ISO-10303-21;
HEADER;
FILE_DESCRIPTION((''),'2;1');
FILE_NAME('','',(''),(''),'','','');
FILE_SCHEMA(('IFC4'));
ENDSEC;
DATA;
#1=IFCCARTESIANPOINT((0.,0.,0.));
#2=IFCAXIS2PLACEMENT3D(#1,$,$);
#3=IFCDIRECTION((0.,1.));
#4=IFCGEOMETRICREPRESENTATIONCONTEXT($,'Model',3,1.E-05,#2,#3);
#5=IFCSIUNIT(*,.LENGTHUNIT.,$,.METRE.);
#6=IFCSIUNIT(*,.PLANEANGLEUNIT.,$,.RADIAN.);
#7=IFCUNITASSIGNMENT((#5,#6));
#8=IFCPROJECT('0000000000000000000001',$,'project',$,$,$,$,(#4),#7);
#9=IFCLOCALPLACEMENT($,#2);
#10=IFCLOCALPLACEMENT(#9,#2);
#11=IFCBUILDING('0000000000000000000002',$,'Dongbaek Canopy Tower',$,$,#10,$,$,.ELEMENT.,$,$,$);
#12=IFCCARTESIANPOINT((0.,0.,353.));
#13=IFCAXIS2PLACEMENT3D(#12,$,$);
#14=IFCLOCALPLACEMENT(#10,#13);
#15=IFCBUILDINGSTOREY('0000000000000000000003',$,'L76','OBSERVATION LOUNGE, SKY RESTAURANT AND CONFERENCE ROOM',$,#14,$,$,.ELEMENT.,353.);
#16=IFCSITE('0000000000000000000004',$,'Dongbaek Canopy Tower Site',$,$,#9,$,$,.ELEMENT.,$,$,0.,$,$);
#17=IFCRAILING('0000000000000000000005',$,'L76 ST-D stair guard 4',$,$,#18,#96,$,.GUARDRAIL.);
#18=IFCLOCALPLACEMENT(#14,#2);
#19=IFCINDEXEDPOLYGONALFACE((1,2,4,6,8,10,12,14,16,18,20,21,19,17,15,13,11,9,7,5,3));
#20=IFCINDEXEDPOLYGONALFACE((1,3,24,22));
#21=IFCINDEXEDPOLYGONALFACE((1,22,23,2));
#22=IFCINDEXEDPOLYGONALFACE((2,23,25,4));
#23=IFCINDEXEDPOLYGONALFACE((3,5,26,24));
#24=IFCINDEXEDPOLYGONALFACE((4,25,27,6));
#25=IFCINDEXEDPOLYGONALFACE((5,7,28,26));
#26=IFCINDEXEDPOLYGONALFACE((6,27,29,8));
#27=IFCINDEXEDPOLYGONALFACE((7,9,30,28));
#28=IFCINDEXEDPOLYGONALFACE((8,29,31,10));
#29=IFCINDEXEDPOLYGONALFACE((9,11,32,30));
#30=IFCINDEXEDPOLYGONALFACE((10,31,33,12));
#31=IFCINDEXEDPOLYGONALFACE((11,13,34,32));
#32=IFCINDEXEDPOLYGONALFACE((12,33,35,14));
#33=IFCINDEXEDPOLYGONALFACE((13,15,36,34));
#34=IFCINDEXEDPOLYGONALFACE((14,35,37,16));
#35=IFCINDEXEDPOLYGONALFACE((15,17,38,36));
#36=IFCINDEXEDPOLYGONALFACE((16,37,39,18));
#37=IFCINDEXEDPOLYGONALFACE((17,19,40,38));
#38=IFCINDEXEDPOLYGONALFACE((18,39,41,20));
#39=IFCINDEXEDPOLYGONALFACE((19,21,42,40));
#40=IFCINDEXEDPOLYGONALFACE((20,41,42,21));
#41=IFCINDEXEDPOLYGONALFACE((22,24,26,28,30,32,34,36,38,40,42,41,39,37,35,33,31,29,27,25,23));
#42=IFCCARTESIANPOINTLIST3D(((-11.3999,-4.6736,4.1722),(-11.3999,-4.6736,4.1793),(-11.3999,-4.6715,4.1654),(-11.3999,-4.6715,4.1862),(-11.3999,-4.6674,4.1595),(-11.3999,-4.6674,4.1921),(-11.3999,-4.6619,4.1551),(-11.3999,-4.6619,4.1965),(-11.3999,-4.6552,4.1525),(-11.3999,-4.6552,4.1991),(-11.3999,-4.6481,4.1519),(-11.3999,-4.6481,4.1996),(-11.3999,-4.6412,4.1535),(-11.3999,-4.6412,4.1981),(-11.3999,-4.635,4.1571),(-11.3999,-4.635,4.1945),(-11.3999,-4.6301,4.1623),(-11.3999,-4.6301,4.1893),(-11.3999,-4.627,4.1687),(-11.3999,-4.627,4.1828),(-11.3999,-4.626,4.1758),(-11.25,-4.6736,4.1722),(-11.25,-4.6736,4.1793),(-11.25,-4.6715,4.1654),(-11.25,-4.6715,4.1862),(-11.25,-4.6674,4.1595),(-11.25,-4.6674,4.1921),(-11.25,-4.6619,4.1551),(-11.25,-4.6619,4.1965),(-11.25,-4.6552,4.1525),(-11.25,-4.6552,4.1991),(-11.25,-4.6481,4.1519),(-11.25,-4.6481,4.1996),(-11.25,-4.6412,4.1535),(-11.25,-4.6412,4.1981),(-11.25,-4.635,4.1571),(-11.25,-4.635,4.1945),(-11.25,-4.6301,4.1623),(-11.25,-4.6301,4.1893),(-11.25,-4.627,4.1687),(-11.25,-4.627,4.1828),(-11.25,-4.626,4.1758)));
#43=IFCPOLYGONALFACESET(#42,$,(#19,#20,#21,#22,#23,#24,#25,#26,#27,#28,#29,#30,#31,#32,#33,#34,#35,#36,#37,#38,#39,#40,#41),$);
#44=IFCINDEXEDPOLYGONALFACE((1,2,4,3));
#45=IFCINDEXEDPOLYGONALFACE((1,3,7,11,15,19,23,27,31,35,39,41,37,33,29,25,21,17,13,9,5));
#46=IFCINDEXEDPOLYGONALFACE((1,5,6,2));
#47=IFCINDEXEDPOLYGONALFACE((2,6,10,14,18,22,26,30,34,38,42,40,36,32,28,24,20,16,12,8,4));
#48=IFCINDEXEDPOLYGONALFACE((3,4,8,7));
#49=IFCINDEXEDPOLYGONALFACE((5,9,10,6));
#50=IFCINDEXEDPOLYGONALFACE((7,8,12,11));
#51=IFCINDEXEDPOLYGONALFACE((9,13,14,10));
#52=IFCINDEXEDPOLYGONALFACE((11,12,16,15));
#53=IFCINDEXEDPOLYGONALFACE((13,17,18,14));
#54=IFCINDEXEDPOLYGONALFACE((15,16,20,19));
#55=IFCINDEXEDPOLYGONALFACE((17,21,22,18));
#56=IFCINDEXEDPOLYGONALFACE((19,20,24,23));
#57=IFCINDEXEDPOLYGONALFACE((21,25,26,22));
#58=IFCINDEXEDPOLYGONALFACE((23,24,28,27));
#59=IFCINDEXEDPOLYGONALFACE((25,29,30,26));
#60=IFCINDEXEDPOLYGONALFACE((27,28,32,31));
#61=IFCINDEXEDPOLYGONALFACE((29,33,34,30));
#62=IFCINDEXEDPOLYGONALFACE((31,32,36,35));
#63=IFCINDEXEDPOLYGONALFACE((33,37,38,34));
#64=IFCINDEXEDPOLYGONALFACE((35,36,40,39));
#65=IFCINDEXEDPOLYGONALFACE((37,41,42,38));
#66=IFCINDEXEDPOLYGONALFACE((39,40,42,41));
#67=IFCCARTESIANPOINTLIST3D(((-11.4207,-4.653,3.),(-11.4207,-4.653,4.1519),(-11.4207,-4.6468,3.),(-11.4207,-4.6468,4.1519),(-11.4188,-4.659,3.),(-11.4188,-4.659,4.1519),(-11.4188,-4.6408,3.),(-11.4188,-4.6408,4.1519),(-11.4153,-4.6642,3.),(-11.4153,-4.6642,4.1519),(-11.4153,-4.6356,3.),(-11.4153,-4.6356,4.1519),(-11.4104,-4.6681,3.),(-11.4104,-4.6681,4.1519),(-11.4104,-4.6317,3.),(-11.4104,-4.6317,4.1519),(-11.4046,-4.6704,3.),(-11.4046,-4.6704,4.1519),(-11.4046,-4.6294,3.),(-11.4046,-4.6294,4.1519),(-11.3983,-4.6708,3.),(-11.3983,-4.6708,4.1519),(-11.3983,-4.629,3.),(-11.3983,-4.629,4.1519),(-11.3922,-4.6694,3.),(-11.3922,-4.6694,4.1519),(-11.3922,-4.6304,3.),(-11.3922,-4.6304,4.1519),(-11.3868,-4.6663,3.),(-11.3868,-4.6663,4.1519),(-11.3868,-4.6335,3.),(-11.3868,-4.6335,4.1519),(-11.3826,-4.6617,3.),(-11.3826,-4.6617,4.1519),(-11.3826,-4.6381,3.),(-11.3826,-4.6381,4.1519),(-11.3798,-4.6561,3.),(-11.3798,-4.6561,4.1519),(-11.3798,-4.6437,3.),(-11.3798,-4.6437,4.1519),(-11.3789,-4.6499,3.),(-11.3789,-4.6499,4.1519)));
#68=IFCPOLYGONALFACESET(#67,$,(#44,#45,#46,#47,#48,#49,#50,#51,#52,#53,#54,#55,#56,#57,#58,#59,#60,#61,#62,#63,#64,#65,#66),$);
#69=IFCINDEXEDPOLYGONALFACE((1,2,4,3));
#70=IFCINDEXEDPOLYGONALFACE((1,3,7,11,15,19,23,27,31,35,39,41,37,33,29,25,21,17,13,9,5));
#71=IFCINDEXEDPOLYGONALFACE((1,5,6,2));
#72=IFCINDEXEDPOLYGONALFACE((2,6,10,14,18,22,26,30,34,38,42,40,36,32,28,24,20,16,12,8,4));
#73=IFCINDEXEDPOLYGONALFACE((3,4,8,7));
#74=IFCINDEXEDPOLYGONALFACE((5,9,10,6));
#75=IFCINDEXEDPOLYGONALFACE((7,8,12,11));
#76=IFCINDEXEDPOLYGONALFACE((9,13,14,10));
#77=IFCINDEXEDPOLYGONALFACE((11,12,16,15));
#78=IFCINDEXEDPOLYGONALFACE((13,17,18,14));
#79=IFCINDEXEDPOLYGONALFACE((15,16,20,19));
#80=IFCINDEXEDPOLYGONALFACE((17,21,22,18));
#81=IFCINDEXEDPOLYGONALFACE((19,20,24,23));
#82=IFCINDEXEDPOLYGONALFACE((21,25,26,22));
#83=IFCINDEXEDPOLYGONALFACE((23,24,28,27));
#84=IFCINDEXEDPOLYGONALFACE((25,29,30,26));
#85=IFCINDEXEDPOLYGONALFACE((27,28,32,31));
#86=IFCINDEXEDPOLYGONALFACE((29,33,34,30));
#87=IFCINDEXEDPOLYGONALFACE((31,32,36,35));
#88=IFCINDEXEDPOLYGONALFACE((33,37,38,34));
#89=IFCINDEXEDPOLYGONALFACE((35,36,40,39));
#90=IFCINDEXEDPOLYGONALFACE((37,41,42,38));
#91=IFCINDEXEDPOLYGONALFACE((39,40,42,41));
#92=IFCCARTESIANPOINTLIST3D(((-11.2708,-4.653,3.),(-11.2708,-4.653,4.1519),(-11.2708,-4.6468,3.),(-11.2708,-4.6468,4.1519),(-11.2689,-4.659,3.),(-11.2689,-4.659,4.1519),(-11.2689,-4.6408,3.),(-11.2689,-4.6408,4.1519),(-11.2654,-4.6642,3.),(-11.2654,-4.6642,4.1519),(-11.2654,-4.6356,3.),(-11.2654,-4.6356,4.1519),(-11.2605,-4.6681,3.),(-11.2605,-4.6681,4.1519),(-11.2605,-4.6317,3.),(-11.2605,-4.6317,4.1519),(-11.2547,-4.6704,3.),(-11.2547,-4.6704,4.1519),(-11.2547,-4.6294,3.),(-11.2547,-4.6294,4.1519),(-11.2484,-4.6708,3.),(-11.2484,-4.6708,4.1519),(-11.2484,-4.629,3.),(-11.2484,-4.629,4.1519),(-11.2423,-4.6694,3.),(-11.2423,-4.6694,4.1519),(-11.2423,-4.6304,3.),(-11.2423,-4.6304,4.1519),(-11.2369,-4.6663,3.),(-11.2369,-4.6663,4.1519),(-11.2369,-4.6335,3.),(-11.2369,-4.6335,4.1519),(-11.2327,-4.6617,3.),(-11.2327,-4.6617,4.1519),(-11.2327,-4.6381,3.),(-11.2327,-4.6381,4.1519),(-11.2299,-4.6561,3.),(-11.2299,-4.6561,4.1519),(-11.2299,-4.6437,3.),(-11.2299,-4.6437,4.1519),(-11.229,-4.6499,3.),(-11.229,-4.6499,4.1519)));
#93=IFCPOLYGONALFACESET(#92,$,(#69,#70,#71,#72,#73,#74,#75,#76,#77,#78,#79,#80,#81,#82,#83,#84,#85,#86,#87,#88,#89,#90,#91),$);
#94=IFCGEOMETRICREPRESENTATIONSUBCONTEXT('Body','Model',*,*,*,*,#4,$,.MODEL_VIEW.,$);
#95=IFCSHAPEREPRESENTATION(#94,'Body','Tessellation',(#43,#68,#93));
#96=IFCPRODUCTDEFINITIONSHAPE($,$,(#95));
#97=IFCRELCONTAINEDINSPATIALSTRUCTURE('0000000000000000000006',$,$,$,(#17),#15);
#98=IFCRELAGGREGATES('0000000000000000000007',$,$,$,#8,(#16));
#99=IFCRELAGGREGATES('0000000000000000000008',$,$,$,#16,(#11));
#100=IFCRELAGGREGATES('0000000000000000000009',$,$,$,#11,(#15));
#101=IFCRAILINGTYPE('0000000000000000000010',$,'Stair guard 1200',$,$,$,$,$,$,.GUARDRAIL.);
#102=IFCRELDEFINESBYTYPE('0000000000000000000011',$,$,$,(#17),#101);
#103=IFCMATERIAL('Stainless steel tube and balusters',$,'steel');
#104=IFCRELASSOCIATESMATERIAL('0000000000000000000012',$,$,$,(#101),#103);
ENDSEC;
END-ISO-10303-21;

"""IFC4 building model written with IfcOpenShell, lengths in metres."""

from ifc_helpers import new_model, si_unit, direction, frame, origin, origin_2d, place, context, subcontext, project, spatial, circle, extrude, material, type_object, element, save


model = new_model("IFC4")

# Units and contexts
model_context = context("Model", 3, precision=1e-05, world=origin(), true_north=direction((0.0, 1.0)))
body_context = subcontext(model_context, "Body", "Model", "MODEL_VIEW")
ifc_project = project(units=[si_unit("LENGTHUNIT", "METRE"), si_unit("PLANEANGLEUNIT", "RADIAN")], contexts=[model_context])

# Site, building, storey
site_placement = place(None, origin())
site = spatial("IfcSite", under=ifc_project, at=site_placement, Name="Dongbaek Canopy Tower Site", CompositionType="ELEMENT", RefElevation=0.0)
building_placement = place(site_placement, origin())
building = spatial("IfcBuilding", under=site, at=building_placement, Name="Dongbaek Canopy Tower", CompositionType="ELEMENT")
storey_placement = place(building_placement, frame((0.0, 0.0, 353.0)))
storey = spatial("IfcBuildingStorey", under=building, at=storey_placement, Name="L76", Description="OBSERVATION LOUNGE, SKY RESTAURANT AND CONFERENCE ROOM", CompositionType="ELEMENT", Elevation=353.0)

# Railing
ifc_material_1 = material(Name="Stainless steel tube and balusters", Category="steel")
railing_type_1 = type_object("IfcRailingType", Name="Stair guard 1200", PredefinedType="GUARDRAIL", material=ifc_material_1)
railing_1_placement = place(storey_placement, frame((-11.3999, -4.6499, 3.0)))
element("IfcRailing", 1, at=railing_1_placement, inside=storey, type_object=railing_type_1, Name="L76 ST-D stair guard 4", PredefinedType="GUARDRAIL", context=body_context, shape_type="SweptSolid", body=[
    extrude(circle(Radius=0.0239, at=origin_2d()), frame((0.0, 0.0, 1.1758), z_axis=(1.0, 0.0, 0.0), x_axis=(0.0, 1.0, 0.0)), (0.0, 0.0, 1.0), 0.1499),
    extrude(circle(Radius=0.021, at=origin_2d()), origin(), (0.0, 0.0, 1.0), 1.1519),
    extrude(circle(Radius=0.021, at=origin_2d()), frame((0.1499, 0.0, 0.0)), (0.0, 0.0, 1.0), 1.1519),
])

save(model, "model.ifc")
